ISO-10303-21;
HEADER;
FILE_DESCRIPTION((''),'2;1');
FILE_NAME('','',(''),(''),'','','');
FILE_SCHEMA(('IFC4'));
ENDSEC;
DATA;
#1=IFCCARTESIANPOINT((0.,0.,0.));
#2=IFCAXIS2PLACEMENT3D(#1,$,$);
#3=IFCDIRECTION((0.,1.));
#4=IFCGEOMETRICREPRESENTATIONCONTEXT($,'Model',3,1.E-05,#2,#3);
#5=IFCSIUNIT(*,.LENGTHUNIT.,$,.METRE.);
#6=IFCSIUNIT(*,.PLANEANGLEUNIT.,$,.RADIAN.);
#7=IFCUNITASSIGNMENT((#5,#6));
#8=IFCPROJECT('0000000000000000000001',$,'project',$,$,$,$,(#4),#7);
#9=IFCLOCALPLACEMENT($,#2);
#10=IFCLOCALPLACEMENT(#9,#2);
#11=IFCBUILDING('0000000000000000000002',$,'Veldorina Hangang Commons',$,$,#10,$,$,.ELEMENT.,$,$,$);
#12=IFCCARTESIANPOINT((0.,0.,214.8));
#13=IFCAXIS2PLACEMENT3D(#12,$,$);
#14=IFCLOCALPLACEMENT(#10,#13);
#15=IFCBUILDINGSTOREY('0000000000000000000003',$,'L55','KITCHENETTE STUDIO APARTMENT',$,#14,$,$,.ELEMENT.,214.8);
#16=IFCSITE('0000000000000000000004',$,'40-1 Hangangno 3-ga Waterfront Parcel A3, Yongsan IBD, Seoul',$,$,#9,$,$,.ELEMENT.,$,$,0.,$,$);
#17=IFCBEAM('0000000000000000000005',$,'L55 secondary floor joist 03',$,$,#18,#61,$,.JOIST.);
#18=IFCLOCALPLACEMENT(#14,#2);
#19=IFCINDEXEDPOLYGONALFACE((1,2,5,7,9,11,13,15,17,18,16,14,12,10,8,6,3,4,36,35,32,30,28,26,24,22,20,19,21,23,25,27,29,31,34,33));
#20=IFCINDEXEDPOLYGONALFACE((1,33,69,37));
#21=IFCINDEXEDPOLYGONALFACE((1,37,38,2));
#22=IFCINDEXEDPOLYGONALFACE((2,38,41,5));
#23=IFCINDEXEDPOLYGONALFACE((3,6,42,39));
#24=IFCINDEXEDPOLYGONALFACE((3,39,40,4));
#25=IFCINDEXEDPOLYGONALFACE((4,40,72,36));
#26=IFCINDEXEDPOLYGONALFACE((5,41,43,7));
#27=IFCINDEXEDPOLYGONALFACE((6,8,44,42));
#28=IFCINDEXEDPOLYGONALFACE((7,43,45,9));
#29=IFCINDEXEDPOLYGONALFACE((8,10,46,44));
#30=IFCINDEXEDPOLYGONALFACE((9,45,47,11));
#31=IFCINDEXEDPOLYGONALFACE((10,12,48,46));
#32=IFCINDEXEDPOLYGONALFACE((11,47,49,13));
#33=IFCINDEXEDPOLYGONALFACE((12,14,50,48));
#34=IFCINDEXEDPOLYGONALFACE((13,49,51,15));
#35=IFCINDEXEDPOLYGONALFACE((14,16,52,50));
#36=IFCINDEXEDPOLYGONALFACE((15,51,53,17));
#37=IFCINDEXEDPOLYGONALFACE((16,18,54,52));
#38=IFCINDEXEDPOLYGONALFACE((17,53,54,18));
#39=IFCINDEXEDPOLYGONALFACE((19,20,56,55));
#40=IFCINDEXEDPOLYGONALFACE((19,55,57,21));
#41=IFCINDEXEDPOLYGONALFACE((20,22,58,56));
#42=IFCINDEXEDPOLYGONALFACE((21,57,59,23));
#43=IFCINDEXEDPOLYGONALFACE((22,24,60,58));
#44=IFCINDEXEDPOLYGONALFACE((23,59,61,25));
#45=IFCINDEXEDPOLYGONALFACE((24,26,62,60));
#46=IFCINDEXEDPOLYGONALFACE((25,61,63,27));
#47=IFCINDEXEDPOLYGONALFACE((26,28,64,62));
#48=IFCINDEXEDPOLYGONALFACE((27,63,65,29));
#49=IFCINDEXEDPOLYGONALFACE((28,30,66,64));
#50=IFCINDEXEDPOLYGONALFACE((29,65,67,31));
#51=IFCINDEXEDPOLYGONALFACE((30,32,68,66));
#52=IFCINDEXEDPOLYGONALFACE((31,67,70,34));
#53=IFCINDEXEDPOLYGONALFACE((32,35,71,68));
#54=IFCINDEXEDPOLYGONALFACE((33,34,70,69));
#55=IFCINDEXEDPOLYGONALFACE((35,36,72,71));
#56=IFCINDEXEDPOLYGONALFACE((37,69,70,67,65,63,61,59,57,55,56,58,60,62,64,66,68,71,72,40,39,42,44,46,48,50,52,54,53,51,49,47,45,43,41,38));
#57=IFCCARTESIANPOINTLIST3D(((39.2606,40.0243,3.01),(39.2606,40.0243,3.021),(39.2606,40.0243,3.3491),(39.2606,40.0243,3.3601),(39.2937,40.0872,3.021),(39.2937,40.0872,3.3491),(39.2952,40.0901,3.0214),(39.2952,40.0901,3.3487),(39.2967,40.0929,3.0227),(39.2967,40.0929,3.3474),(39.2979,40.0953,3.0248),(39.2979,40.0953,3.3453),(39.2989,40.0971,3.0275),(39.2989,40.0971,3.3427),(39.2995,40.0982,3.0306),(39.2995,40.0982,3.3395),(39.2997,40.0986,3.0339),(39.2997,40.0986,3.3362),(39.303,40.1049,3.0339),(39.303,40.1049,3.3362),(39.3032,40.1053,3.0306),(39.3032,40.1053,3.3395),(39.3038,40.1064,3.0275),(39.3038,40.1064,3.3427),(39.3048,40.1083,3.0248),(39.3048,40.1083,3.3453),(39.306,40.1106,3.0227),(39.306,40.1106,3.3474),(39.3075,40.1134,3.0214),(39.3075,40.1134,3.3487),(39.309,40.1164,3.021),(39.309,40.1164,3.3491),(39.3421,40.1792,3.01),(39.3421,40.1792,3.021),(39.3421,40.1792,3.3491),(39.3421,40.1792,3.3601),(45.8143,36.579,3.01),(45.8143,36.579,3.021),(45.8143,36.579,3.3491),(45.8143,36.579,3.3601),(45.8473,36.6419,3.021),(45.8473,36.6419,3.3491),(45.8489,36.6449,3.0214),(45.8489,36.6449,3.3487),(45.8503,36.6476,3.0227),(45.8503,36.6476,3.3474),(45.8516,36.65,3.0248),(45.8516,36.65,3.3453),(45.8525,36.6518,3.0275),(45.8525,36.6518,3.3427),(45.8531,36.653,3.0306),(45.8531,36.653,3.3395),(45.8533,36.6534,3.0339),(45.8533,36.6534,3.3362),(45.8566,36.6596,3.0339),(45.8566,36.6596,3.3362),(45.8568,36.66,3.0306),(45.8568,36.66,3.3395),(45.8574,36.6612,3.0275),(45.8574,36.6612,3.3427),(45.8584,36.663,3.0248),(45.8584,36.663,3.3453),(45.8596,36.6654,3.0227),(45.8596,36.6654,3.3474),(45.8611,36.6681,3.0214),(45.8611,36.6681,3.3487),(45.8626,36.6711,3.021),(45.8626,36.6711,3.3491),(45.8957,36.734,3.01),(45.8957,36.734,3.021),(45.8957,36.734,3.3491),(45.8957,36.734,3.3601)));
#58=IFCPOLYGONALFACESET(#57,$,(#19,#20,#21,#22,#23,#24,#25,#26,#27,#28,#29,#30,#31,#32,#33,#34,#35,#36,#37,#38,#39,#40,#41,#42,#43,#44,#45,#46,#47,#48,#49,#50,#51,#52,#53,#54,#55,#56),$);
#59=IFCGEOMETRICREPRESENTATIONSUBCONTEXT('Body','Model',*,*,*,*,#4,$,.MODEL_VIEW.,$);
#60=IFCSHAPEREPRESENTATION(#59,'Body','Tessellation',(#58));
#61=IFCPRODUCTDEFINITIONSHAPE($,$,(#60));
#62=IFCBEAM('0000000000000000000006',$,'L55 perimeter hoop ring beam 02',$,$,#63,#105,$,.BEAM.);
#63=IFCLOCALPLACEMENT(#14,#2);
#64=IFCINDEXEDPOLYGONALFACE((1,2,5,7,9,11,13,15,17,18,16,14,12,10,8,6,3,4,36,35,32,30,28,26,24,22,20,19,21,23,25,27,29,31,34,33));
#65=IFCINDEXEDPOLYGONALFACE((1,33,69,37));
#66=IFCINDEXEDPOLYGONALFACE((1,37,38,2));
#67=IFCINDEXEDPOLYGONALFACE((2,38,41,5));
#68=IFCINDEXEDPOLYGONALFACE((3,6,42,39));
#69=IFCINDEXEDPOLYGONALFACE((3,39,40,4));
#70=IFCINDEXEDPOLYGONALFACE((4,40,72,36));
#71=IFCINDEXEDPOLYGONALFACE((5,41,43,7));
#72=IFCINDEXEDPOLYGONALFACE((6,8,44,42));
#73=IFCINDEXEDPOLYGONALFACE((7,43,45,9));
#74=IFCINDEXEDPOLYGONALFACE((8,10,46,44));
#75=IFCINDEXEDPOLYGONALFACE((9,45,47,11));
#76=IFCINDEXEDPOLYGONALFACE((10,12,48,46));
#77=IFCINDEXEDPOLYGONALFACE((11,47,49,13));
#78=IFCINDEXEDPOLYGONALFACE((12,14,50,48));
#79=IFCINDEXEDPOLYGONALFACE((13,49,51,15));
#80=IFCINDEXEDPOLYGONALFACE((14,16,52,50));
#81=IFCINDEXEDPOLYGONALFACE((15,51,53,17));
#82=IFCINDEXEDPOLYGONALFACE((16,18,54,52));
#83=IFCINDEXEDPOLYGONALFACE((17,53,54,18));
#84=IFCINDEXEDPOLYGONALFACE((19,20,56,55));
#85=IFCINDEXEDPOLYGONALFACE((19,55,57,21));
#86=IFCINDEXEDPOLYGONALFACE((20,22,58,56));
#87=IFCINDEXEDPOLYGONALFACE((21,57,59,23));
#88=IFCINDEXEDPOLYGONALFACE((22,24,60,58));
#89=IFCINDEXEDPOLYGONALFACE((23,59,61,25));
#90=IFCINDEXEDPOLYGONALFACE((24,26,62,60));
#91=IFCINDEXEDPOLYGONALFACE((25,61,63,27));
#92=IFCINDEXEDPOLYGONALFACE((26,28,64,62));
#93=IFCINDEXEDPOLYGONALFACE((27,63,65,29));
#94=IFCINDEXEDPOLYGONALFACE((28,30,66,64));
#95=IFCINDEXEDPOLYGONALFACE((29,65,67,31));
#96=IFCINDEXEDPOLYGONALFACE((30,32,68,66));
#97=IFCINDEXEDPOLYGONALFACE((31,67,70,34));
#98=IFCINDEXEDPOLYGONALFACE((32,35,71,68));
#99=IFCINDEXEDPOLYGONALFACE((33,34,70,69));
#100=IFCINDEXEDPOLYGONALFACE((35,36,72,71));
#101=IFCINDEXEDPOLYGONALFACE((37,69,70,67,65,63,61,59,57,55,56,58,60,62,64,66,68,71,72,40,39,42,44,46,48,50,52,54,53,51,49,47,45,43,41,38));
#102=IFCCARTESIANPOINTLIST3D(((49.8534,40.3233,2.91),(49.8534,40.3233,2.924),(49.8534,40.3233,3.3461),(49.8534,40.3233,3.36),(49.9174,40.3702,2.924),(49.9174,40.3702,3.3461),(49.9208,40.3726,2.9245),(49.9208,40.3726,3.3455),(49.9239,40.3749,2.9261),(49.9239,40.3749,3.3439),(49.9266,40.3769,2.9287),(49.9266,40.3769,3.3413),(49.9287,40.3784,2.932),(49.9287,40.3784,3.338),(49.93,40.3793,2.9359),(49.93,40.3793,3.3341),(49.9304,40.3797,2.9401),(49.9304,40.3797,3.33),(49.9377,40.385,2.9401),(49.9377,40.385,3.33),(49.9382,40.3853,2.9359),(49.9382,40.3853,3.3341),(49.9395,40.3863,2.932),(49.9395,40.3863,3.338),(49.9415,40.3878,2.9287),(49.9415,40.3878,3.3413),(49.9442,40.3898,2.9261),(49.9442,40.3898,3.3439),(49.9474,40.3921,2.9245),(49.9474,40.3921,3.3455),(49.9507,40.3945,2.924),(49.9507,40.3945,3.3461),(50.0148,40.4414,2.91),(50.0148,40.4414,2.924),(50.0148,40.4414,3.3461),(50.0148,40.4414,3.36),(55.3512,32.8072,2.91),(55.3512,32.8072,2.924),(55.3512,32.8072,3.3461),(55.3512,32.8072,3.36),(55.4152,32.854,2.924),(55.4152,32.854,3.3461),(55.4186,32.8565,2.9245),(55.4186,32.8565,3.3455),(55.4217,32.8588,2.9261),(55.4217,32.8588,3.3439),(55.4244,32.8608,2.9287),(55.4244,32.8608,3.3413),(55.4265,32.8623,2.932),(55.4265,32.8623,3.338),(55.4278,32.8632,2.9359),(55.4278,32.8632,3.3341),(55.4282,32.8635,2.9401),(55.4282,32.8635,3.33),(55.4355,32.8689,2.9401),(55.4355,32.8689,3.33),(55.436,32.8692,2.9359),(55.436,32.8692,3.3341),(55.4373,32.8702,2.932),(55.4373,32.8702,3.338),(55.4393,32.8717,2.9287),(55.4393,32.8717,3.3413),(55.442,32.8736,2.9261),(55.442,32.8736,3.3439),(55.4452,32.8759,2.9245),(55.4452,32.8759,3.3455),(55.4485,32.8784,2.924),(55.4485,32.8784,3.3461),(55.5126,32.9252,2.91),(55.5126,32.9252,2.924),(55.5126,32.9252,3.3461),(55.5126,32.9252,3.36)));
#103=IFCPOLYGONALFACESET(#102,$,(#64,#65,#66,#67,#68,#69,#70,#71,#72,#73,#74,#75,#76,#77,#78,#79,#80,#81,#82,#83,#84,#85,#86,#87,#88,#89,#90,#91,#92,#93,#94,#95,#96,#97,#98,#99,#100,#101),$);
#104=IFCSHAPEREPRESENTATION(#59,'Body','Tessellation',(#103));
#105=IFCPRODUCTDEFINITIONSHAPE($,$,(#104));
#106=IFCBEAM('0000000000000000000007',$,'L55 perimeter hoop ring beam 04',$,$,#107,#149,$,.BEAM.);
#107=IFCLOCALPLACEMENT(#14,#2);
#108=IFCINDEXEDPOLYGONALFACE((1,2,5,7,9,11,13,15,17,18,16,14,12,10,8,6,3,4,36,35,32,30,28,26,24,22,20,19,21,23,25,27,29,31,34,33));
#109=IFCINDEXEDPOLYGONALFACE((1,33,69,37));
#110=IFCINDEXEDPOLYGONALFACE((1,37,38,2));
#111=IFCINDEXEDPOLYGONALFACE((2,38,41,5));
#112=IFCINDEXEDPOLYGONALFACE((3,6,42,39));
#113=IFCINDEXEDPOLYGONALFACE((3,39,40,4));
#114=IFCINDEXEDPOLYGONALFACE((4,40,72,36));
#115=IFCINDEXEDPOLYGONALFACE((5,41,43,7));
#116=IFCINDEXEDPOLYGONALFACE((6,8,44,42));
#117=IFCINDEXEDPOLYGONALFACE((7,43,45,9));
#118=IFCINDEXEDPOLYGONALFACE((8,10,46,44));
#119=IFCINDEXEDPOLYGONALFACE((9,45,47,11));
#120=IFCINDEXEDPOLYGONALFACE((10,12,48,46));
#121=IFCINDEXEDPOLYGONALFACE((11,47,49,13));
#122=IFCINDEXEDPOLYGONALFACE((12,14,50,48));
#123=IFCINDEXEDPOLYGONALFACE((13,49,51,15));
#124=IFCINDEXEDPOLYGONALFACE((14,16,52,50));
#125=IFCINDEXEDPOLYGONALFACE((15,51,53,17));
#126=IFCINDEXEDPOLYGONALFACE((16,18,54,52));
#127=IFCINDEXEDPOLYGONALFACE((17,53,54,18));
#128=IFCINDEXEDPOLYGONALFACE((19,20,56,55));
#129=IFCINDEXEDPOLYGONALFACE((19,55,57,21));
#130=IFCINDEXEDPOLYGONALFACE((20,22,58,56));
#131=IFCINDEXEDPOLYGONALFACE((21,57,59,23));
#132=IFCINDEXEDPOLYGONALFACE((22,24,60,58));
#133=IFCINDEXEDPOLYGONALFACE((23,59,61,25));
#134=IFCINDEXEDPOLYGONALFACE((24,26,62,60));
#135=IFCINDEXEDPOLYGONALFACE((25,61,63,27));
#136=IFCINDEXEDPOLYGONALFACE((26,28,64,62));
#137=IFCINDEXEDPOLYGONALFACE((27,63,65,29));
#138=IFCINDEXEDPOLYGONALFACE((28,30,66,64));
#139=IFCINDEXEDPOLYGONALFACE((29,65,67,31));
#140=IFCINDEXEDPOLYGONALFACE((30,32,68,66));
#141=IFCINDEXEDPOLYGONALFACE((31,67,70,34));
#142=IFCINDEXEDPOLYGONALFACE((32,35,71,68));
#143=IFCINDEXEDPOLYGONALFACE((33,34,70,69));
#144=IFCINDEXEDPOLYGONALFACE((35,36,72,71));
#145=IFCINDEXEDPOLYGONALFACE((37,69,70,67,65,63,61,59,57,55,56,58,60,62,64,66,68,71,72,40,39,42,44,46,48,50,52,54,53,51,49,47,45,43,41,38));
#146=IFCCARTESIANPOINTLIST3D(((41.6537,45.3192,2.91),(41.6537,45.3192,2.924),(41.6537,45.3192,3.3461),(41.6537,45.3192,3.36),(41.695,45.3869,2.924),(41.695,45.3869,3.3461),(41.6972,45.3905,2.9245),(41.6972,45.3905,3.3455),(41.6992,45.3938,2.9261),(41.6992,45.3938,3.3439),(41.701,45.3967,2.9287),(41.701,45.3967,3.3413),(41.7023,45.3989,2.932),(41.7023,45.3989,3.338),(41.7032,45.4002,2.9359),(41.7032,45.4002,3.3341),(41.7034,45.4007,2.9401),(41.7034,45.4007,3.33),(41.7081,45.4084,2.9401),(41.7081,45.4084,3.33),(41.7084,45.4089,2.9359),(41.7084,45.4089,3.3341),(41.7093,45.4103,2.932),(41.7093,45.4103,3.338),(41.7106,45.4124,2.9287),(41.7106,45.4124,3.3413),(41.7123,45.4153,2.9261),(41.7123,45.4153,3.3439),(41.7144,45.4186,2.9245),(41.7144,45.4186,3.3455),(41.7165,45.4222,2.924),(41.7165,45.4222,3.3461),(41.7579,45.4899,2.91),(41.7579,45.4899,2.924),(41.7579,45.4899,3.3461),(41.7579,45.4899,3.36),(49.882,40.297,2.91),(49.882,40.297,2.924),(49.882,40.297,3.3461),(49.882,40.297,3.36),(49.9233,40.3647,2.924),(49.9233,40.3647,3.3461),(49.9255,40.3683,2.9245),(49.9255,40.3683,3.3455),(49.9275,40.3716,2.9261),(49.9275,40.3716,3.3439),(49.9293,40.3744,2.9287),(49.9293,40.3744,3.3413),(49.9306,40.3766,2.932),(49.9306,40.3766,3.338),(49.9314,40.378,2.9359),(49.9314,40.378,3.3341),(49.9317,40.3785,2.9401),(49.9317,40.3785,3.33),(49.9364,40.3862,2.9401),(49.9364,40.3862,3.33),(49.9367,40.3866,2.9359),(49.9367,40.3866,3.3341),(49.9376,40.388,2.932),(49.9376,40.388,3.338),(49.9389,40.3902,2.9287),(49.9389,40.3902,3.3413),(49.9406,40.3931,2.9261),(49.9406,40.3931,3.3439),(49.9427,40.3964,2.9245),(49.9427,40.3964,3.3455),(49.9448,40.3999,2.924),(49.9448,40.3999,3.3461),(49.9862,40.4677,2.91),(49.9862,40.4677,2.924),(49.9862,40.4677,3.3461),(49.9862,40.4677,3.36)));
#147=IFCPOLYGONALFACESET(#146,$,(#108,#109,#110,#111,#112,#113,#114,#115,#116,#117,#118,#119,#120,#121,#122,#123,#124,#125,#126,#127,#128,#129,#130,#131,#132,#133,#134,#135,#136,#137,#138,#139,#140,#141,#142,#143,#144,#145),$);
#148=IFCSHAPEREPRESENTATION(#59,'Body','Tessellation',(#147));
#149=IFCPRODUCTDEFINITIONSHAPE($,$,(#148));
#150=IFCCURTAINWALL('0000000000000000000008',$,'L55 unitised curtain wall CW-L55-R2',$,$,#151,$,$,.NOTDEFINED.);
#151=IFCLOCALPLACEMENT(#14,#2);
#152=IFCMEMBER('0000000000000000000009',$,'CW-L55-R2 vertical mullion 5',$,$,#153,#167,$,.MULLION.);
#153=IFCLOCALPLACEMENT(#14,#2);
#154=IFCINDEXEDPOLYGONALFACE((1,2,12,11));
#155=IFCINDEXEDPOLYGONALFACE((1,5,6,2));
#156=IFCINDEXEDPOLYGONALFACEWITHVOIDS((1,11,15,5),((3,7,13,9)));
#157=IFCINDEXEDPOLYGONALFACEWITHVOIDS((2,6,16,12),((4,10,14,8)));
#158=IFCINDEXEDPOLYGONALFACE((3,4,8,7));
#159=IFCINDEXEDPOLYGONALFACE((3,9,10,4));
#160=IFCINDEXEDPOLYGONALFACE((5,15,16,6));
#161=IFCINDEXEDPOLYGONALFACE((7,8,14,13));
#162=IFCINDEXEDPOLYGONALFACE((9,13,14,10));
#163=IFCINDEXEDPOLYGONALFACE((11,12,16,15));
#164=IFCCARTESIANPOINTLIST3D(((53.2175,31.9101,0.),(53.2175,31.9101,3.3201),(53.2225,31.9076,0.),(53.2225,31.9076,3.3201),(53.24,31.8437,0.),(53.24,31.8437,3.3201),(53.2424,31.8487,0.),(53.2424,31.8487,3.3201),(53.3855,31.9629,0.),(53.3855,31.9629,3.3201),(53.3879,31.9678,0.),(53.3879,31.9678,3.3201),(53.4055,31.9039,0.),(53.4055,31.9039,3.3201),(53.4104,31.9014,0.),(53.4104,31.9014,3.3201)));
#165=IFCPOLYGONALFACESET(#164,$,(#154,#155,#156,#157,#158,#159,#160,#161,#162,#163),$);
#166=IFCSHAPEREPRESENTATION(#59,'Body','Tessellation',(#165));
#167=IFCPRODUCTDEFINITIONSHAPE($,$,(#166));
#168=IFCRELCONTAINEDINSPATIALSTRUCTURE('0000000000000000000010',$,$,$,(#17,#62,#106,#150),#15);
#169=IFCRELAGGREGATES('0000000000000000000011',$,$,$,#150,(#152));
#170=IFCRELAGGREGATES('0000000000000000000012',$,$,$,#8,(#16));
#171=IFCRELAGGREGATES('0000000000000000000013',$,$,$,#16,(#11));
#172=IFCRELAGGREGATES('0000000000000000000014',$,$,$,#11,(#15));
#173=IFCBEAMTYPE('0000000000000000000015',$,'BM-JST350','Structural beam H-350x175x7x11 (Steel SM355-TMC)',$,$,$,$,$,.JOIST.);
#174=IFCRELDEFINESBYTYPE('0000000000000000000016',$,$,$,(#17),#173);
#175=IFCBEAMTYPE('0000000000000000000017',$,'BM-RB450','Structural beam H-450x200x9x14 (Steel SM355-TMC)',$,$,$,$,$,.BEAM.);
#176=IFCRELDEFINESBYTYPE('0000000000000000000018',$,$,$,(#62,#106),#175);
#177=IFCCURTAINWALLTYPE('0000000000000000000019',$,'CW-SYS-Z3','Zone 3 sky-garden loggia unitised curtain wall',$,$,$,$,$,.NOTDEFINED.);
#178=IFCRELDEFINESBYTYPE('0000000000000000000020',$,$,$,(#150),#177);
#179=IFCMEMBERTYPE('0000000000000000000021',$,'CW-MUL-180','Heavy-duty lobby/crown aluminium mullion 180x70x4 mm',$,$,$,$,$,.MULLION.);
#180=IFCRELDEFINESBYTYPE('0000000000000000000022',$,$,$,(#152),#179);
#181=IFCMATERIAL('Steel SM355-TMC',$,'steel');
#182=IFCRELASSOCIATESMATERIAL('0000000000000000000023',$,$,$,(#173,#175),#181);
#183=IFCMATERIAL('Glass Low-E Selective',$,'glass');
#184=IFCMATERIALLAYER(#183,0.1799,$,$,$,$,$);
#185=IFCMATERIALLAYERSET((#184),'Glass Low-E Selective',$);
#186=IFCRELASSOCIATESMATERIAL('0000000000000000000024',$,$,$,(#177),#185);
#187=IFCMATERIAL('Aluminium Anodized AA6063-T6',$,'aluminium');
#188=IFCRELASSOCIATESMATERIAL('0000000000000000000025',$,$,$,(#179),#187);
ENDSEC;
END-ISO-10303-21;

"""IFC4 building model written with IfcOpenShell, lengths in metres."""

from ifc_helpers import new_model, si_unit, direction, frame, origin, origin_2d, place, context, subcontext, project, spatial, hollow_rectangle, i_section, extrude, material, layer, layer_set, material_profile, profile_set, type_object, element, aggregate, save


model = new_model("IFC4")

# Units and contexts
model_context = context("Model", 3, precision=1e-05, world=origin(), true_north=direction((0.0, 1.0)))
body_context = subcontext(model_context, "Body", "Model", "MODEL_VIEW")
ifc_project = project(units=[si_unit("LENGTHUNIT", "METRE"), si_unit("PLANEANGLEUNIT", "RADIAN")], contexts=[model_context])

# Site, building, storey
site_placement = place(None, origin())
site = spatial("IfcSite", under=ifc_project, at=site_placement, Name="40-1 Hangangno 3-ga Waterfront Parcel A3, Yongsan IBD, Seoul", CompositionType="ELEMENT", RefElevation=0.0)
building_placement = place(site_placement, origin())
building = spatial("IfcBuilding", under=site, at=building_placement, Name="Veldorina Hangang Commons", CompositionType="ELEMENT")
storey_placement = place(building_placement, frame((0.0, 0.0, 214.8)))
storey = spatial("IfcBuildingStorey", under=building, at=storey_placement, Name="L55", Description="KITCHENETTE STUDIO APARTMENT", CompositionType="ELEMENT", Elevation=214.8)

# Beams
ifc_material_1 = material(Name="Steel SM355-TMC", Category="steel")
ifc_material_profile_1 = material_profile(ifc_material_1, i_section(OverallWidth=0.175, OverallDepth=0.3501, WebThickness=0.0071, FlangeThickness=0.011, FilletRadius=0.0129, at=origin_2d()), Name="H-350x175x7x11")
ifc_profile_set_1 = profile_set([ifc_material_profile_1], Name="Steel SM355-TMC")
beam_type_1 = type_object("IfcBeamType", Name="BM-JST350", Description="Structural beam H-350x175x7x11 (Steel SM355-TMC)", PredefinedType="JOIST", material=ifc_profile_set_1)
beam_1_placement = place(storey_placement, frame((45.855, 36.6565, 3.1851), z_axis=(-0.885141, 0.465322, 0.0), x_axis=(-0.465322, -0.885141, 0.0)))
element("IfcBeam", 1, at=beam_1_placement, inside=storey, type_object=beam_type_1, Name="L55 secondary floor joist 03", PredefinedType="JOIST", context=body_context, shape_type="SweptSolid", body=[
    extrude(i_section(OverallWidth=0.175, OverallDepth=0.3501, WebThickness=0.0071, FlangeThickness=0.011, FilletRadius=0.0129, at=origin_2d()), origin(), (0.0, 0.0, 1.0), 7.4041),
])
ifc_material_profile_2 = material_profile(ifc_material_1, i_section(OverallWidth=0.2, OverallDepth=0.45, WebThickness=0.009, FlangeThickness=0.0139, FilletRadius=0.0161, at=origin_2d()), Name="H-450x200x9x14")
ifc_profile_set_2 = profile_set([ifc_material_profile_2], Name="Steel SM355-TMC")
beam_type_2 = type_object("IfcBeamType", Name="BM-RB450", Description="Structural beam H-450x200x9x14 (Steel SM355-TMC)", PredefinedType="BEAM", material=ifc_profile_set_2)
beam_2_placement = place(storey_placement, frame((55.4319, 32.8662, 3.135), z_axis=(-0.590385, 0.807122, 0.0), x_axis=(-0.807122, -0.590385, 0.0)))
element("IfcBeam", 2, at=beam_2_placement, inside=storey, type_object=beam_type_2, Name="L55 perimeter hoop ring beam 02", PredefinedType="BEAM", context=body_context, shape_type="SweptSolid", body=[
    extrude(i_section(OverallWidth=0.2, OverallDepth=0.45, WebThickness=0.009, FlangeThickness=0.0139, FilletRadius=0.0161, at=origin_2d()), origin(), (0.0, 0.0, 1.0), 9.3123),
])
beam_3_placement = place(storey_placement, frame((49.9341, 40.3823, 3.135), z_axis=(-0.853567, 0.520984, 0.0), x_axis=(-0.520984, -0.853567, 0.0)))
element("IfcBeam", 3, at=beam_3_placement, inside=storey, type_object=beam_type_2, Name="L55 perimeter hoop ring beam 04", PredefinedType="BEAM", context=body_context, shape_type="SweptSolid", body=[
    extrude(i_section(OverallWidth=0.2, OverallDepth=0.45, WebThickness=0.009, FlangeThickness=0.0139, FilletRadius=0.0161, at=origin_2d()), origin(), (0.0, 0.0, 1.0), 9.6399),
])

# Curtain wall, member
ifc_material_2 = material(Name="Glass Low-E Selective", Category="glass")
ifc_layer_1 = layer(ifc_material_2, 0.1799)
ifc_layer_set_1 = layer_set([ifc_layer_1], Name="Glass Low-E Selective")
curtain_wall_type = type_object("IfcCurtainWallType", Name="CW-SYS-Z3", Description="Zone 3 sky-garden loggia unitised curtain wall", PredefinedType="NOTDEFINED", material=ifc_layer_set_1)
curtain_wall_placement = place(storey_placement, origin())
curtain_wall = element("IfcCurtainWall", 4, at=curtain_wall_placement, inside=storey, type_object=curtain_wall_type, Name="L55 unitised curtain wall CW-L55-R2", PredefinedType="NOTDEFINED")
ifc_material_3 = material(Name="Aluminium Anodized AA6063-T6", Category="aluminium")
ifc_material_profile_3 = material_profile(ifc_material_3, hollow_rectangle(XDim=0.0701, YDim=0.1799, WallThickness=0.0039, at=origin_2d()), Name="ALU-RHS-180x70x4")
ifc_profile_set_3 = profile_set([ifc_material_profile_3], Name="Aluminium Anodized AA6063-T6")
member_type_1 = type_object("IfcMemberType", Name="CW-MUL-180", Description="Heavy-duty lobby/crown aluminium mullion 180x70x4 mm", PredefinedType="MULLION", material=ifc_profile_set_3)
member_1_placement = place(storey_placement, frame((53.314, 31.9058, 0.0), z_axis=(0.0, 0.0, 1.0), x_axis=(0.320828, -0.947138, 0.0)))
member_1 = element("IfcMember", 5, at=member_1_placement, type_object=member_type_1, Name="CW-L55-R2 vertical mullion 5", PredefinedType="MULLION", context=body_context, shape_type="SweptSolid", body=[
    extrude(hollow_rectangle(XDim=0.0701, YDim=0.1799, WallThickness=0.0039, at=origin_2d()), origin(), (0.0, 0.0, 1.0), 3.3201),
])
aggregate(curtain_wall, [member_1])

save(model, "model.ifc")
